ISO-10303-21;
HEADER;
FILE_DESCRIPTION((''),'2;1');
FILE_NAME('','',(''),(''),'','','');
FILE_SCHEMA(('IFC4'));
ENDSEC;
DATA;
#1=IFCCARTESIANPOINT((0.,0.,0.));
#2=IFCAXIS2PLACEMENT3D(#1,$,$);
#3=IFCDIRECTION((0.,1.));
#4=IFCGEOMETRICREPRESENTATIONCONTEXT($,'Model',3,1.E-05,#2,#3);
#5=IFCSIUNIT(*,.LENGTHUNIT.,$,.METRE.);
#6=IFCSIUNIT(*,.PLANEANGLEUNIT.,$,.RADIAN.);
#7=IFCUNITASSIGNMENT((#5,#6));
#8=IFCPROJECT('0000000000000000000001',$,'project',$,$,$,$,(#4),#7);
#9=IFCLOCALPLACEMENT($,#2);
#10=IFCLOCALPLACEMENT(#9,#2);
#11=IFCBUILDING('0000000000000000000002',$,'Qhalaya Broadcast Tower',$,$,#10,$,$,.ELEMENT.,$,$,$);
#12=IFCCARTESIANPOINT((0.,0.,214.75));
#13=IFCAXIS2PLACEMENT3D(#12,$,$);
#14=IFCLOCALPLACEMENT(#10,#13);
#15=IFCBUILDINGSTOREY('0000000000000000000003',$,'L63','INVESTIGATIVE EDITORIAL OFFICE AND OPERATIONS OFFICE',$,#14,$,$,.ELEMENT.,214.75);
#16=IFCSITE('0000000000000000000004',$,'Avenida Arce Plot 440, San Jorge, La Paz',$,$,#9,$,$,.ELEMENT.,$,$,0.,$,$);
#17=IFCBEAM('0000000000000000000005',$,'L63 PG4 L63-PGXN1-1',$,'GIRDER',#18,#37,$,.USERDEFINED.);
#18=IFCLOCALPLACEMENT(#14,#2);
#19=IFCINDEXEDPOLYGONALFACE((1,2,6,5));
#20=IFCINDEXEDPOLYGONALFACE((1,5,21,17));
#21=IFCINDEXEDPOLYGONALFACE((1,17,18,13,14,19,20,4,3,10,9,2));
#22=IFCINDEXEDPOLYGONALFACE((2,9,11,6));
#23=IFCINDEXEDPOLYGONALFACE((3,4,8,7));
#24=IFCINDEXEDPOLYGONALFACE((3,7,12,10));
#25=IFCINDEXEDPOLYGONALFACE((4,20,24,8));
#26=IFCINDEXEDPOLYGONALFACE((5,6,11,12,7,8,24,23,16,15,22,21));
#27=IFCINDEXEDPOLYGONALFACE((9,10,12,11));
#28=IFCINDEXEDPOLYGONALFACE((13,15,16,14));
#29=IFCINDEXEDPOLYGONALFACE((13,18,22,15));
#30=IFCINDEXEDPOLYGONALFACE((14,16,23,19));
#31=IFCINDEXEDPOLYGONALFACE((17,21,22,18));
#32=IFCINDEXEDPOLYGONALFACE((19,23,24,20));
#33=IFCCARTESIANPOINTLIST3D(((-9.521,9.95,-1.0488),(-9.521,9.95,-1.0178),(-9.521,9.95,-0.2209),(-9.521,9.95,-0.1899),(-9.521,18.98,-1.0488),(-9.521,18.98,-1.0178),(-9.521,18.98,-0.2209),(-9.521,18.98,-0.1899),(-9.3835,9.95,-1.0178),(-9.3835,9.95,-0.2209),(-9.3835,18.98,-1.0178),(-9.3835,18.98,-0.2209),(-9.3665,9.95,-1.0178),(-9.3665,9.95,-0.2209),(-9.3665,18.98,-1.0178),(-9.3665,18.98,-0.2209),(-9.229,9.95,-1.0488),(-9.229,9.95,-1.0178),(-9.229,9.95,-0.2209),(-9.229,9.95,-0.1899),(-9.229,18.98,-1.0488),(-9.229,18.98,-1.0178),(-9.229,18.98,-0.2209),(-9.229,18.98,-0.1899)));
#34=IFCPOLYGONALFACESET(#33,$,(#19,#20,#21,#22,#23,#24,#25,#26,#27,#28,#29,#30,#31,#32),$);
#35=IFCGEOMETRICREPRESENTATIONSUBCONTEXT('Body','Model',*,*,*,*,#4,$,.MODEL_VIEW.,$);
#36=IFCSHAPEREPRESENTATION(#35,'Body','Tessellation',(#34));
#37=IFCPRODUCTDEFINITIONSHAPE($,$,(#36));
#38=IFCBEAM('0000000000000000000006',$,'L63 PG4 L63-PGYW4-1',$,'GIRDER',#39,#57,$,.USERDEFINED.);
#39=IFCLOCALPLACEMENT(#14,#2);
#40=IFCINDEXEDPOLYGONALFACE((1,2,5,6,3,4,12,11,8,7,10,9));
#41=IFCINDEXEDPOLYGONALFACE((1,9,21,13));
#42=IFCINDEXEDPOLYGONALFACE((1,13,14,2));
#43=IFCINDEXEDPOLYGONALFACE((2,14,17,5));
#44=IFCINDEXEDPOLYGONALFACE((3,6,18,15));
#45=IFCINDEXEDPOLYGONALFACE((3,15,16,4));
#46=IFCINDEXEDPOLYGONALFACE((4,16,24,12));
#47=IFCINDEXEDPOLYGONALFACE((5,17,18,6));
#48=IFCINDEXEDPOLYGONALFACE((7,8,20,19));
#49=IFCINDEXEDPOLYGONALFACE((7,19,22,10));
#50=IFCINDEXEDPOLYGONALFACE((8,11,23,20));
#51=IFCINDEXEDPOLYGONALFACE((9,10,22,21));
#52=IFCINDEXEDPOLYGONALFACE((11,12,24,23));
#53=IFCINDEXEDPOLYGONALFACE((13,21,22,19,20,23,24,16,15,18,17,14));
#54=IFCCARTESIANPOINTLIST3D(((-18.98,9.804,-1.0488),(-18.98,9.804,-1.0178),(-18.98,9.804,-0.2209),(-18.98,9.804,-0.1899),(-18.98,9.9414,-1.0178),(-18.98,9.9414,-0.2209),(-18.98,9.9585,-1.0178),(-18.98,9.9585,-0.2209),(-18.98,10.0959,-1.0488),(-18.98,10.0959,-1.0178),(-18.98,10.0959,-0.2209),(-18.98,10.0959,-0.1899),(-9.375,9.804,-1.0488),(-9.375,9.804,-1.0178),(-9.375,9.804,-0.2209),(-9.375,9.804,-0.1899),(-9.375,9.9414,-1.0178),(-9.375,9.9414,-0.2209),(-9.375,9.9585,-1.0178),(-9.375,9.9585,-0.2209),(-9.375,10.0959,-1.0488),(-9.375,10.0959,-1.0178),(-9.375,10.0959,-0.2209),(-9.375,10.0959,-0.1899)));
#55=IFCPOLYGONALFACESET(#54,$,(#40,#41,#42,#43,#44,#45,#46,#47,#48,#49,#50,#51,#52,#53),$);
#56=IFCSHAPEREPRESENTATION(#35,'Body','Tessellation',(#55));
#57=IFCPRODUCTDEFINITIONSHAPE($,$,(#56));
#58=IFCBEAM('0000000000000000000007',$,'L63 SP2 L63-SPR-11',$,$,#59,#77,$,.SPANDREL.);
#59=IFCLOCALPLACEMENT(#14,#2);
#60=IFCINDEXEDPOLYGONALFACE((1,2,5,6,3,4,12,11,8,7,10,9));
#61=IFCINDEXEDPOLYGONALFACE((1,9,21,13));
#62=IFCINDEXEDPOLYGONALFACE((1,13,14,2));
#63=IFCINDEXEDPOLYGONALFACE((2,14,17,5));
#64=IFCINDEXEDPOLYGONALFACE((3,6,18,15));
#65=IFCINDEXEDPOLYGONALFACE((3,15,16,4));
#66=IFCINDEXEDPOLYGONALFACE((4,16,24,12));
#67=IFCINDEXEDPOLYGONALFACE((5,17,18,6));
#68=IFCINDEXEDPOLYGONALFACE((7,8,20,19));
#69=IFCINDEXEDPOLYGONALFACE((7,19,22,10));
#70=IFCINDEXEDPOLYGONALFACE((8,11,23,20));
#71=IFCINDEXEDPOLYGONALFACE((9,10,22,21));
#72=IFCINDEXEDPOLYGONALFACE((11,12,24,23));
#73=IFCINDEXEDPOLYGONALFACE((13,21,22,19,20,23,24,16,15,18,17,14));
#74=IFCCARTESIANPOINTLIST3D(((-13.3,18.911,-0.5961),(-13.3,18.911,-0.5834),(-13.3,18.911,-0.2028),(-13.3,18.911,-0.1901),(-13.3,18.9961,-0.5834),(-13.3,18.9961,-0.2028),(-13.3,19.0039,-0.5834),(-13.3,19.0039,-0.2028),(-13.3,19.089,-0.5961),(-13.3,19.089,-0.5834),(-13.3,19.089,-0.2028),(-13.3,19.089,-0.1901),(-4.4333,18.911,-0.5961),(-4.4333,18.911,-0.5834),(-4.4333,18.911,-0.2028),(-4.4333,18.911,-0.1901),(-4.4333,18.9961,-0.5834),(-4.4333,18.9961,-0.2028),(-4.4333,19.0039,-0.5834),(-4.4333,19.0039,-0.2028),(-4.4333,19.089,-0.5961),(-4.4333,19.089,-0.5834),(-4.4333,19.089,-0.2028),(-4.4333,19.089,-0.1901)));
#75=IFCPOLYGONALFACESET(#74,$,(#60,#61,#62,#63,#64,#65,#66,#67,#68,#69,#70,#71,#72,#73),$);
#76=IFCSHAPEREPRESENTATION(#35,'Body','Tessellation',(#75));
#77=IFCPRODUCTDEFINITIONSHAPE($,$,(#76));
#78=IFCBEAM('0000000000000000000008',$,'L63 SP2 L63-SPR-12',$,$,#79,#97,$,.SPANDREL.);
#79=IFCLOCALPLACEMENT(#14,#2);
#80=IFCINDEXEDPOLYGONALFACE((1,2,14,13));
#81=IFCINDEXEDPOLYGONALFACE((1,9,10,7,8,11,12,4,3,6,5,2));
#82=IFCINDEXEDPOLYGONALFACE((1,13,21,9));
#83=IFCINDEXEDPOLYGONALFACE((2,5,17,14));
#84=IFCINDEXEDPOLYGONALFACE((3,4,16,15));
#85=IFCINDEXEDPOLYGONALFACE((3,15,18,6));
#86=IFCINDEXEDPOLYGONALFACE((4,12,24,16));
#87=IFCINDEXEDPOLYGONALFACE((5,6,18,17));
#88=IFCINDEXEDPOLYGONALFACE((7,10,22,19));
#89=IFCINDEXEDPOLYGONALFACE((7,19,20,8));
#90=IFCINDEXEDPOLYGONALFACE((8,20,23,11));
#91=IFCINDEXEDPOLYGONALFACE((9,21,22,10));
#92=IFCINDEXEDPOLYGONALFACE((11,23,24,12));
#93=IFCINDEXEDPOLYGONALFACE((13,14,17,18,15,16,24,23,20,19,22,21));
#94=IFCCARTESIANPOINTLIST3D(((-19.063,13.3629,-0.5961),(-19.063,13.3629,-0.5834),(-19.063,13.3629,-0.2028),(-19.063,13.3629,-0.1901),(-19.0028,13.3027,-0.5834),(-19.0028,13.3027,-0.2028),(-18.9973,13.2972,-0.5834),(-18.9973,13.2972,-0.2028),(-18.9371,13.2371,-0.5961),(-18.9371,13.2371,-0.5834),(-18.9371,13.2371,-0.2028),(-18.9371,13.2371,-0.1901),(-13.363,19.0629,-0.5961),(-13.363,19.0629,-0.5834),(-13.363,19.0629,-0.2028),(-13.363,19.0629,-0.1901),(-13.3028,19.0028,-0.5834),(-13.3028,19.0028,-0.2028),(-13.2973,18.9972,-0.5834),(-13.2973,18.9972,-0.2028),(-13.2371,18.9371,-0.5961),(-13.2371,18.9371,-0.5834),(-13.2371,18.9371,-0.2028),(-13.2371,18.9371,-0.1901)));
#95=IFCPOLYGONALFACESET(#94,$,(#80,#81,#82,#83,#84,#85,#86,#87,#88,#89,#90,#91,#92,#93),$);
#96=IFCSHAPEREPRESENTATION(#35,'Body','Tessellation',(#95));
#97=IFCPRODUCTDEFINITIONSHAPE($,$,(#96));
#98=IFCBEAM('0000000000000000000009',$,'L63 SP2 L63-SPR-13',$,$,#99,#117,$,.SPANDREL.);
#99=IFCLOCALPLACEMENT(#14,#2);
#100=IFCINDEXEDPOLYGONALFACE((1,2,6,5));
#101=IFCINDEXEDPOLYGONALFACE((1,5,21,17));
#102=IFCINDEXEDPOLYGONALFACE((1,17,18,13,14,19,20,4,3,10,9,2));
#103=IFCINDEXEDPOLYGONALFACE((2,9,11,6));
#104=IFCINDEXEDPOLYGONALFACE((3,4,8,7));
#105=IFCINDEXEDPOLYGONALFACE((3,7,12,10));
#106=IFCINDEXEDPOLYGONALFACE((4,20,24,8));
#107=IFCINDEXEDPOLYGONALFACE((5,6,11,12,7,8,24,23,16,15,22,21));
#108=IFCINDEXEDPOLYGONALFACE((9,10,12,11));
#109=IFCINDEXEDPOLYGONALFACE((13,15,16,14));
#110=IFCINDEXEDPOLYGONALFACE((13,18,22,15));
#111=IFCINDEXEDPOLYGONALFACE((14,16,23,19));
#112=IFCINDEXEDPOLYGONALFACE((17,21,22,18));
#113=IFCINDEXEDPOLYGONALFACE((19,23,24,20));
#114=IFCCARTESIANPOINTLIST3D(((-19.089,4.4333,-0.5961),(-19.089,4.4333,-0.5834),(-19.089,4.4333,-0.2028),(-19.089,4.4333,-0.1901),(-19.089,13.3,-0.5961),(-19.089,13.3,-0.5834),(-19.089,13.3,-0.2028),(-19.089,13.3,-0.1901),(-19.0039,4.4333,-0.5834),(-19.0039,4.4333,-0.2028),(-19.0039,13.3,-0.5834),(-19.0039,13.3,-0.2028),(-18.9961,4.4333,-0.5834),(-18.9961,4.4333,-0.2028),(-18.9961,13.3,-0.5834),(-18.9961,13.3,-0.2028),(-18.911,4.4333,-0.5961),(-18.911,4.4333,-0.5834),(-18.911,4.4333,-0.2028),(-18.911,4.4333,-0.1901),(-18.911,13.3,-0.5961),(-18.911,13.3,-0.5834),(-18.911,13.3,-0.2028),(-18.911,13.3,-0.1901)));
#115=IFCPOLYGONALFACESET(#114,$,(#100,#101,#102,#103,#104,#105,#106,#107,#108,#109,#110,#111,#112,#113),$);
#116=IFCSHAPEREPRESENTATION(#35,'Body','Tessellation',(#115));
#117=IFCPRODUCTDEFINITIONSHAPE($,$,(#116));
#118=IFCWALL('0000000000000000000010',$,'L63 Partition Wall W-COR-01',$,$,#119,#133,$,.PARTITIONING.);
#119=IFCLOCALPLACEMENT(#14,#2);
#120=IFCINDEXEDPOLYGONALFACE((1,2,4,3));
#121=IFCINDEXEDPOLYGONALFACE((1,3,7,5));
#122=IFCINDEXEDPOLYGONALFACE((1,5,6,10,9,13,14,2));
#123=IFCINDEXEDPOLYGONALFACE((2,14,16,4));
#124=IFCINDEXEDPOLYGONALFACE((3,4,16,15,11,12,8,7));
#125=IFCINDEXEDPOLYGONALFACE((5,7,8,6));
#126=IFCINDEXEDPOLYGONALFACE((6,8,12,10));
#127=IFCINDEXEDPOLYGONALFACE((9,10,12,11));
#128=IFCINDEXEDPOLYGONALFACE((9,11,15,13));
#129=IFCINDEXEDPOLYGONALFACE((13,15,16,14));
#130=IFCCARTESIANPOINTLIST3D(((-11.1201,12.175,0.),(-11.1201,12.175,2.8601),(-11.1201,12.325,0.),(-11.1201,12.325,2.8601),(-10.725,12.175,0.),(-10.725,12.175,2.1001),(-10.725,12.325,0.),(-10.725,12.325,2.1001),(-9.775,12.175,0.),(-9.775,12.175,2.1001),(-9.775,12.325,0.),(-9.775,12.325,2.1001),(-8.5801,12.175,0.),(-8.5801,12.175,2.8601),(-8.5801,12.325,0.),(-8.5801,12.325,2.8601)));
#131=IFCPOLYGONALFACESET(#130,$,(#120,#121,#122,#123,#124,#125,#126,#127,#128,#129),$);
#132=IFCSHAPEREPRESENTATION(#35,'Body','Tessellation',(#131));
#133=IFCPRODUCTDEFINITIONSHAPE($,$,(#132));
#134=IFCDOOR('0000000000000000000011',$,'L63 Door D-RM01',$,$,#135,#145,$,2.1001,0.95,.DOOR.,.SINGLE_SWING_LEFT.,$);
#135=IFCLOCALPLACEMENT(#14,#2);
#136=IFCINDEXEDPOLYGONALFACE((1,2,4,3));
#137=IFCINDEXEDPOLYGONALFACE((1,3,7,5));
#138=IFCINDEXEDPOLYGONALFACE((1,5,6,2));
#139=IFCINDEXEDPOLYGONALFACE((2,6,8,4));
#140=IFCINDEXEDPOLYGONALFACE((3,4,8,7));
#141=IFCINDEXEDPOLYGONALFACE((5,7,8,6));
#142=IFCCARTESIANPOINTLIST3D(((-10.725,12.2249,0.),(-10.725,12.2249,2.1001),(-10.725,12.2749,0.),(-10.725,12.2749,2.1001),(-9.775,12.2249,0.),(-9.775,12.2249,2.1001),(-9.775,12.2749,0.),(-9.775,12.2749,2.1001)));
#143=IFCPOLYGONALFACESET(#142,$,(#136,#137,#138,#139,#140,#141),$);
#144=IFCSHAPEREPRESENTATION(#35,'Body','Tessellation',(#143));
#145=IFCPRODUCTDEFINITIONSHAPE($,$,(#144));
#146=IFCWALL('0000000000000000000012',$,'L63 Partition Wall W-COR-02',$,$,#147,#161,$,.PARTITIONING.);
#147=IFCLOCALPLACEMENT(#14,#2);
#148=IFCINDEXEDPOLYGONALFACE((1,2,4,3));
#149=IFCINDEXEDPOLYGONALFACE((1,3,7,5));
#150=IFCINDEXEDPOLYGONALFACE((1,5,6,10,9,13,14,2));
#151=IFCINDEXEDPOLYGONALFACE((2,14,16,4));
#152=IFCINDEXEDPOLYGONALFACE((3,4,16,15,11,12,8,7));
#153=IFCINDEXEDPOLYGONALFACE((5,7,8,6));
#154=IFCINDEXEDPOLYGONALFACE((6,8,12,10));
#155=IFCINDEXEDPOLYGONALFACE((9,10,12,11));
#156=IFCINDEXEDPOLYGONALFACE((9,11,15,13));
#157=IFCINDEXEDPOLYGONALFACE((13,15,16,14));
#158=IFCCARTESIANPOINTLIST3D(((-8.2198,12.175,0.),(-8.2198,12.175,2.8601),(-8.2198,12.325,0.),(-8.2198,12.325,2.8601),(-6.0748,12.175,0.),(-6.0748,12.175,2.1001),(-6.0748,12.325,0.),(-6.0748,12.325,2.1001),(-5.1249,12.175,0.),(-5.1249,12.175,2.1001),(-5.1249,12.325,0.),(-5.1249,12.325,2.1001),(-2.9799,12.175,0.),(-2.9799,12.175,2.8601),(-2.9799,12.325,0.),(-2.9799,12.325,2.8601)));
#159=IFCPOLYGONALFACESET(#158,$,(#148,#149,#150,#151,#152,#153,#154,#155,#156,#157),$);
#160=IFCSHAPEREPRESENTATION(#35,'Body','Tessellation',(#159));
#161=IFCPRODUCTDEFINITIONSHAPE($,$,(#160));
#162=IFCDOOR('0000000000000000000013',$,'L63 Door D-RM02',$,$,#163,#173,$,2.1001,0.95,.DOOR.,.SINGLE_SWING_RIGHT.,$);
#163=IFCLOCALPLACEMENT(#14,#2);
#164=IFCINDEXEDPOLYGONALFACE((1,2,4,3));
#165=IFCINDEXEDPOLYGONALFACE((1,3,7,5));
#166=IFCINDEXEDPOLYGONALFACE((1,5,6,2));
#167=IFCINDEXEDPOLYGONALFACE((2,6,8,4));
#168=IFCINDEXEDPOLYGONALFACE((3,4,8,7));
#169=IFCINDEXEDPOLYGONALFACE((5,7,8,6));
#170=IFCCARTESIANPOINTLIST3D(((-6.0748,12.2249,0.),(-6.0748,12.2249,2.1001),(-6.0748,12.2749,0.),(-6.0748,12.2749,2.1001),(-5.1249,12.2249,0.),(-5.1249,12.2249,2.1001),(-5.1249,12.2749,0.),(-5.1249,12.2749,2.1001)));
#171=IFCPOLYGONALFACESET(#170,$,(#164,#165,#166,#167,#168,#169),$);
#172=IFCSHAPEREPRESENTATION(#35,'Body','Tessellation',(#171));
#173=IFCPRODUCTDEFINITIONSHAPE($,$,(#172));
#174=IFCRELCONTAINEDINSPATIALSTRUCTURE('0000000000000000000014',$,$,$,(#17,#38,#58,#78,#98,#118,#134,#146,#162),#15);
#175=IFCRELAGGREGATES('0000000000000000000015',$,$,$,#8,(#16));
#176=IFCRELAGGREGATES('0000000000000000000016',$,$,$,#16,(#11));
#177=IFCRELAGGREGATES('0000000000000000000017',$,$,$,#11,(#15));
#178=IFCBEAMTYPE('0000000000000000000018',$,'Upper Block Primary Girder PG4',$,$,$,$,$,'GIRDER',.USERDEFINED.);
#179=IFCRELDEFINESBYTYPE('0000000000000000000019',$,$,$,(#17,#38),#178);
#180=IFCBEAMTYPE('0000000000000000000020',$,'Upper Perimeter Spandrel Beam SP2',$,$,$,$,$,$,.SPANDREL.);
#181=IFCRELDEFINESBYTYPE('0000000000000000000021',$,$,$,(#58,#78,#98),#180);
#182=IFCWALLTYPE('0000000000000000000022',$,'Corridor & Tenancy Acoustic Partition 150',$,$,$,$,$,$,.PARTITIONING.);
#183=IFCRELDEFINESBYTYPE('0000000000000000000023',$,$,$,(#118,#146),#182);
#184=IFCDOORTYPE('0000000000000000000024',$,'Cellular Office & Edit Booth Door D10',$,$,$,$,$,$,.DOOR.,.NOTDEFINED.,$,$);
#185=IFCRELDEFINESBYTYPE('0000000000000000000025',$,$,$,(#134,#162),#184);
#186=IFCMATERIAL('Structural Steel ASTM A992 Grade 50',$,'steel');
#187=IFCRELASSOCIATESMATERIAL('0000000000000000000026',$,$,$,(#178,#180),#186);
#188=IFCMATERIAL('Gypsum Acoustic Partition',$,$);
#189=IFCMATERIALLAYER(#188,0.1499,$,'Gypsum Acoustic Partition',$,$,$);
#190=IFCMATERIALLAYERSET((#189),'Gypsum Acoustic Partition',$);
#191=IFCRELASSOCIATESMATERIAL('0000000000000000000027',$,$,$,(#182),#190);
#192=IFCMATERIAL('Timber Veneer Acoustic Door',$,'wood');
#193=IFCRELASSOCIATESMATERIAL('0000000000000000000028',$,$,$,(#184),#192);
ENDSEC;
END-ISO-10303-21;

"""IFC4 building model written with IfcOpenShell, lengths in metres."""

from ifc_helpers import new_model, si_unit, direction, frame, frame_2d, origin, origin_2d, place, context, subcontext, project, spatial, rectangle, i_section, extrude, material, layer, layer_set, material_profile, profile_set, type_object, element, fill, save


model = new_model("IFC4")

# Units and contexts
model_context = context("Model", 3, precision=1e-05, world=origin(), true_north=direction((0.0, 1.0)))
body_context = subcontext(model_context, "Body", "Model", "MODEL_VIEW")
ifc_project = project(units=[si_unit("LENGTHUNIT", "METRE"), si_unit("PLANEANGLEUNIT", "RADIAN")], contexts=[model_context])

# Site, building, storey
site_placement = place(None, origin())
site = spatial("IfcSite", under=ifc_project, at=site_placement, Name="Avenida Arce Plot 440, San Jorge, La Paz", CompositionType="ELEMENT", RefElevation=0.0)
building_placement = place(site_placement, origin())
building = spatial("IfcBuilding", under=site, at=building_placement, Name="Qhalaya Broadcast Tower", CompositionType="ELEMENT")
storey_placement = place(building_placement, frame((0.0, 0.0, 214.75)))
storey = spatial("IfcBuildingStorey", under=building, at=storey_placement, Name="L63", Description="INVESTIGATIVE EDITORIAL OFFICE AND OPERATIONS OFFICE", CompositionType="ELEMENT", Elevation=214.75)

# Beams
ifc_material_1 = material(Name="Structural Steel ASTM A992 Grade 50", Category="steel")
ifc_material_profile_1 = material_profile(ifc_material_1, i_section(OverallWidth=0.292, OverallDepth=0.8589, WebThickness=0.0171, FlangeThickness=0.031, at=origin_2d()), Name="W33X169")
ifc_profile_set_1 = profile_set([ifc_material_profile_1], Name="Structural Steel ASTM A992 Grade 50")
beam_type_1 = type_object("IfcBeamType", Name="Upper Block Primary Girder PG4", ElementType="GIRDER", PredefinedType="USERDEFINED", material=ifc_profile_set_1)
beam_1_placement = place(storey_placement, frame((-9.375, 9.95, -0.6194), z_axis=(0.0, 1.0, 0.0), x_axis=(-1.0, 0.0, 0.0)))
element("IfcBeam", 1, at=beam_1_placement, inside=storey, type_object=beam_type_1, Name="L63 PG4 L63-PGXN1-1", ObjectType="GIRDER", PredefinedType="USERDEFINED", context=body_context, shape_type="SweptSolid", body=[
    extrude(i_section(OverallWidth=0.292, OverallDepth=0.8589, WebThickness=0.0171, FlangeThickness=0.031, at=origin_2d()), origin(), (0.0, 0.0, 1.0), 9.03),
])
beam_2_placement = place(storey_placement, frame((-18.98, 9.95, -0.6194), z_axis=(1.0, 0.0, 0.0), x_axis=(0.0, 1.0, 0.0)))
element("IfcBeam", 2, at=beam_2_placement, inside=storey, type_object=beam_type_1, Name="L63 PG4 L63-PGYW4-1", ObjectType="GIRDER", PredefinedType="USERDEFINED", context=body_context, shape_type="SweptSolid", body=[
    extrude(i_section(OverallWidth=0.292, OverallDepth=0.8589, WebThickness=0.0171, FlangeThickness=0.031, at=origin_2d()), origin(), (0.0, 0.0, 1.0), 9.605),
])
ifc_material_profile_2 = material_profile(ifc_material_1, i_section(OverallWidth=0.178, OverallDepth=0.406, WebThickness=0.0078, FlangeThickness=0.0127, at=origin_2d()), Name="W16X40")
ifc_profile_set_2 = profile_set([ifc_material_profile_2], Name="Structural Steel ASTM A992 Grade 50")
beam_type_2 = type_object("IfcBeamType", Name="Upper Perimeter Spandrel Beam SP2", PredefinedType="SPANDREL", material=ifc_profile_set_2)
beam_3_placement = place(storey_placement, frame((-4.4333, 19.0, -0.3931), z_axis=(-1.0, 0.0, 0.0), x_axis=(0.0, -1.0, 0.0)))
element("IfcBeam", 3, at=beam_3_placement, inside=storey, type_object=beam_type_2, Name="L63 SP2 L63-SPR-11", PredefinedType="SPANDREL", context=body_context, shape_type="SweptSolid", body=[
    extrude(i_section(OverallWidth=0.178, OverallDepth=0.406, WebThickness=0.0078, FlangeThickness=0.0127, at=origin_2d()), origin(), (0.0, 0.0, 1.0), 8.8667),
])
beam_4_placement = place(storey_placement, frame((-13.3, 19.0, -0.3931), z_axis=(-0.707107, -0.707107, 0.0), x_axis=(0.707107, -0.707107, 0.0)))
element("IfcBeam", 4, at=beam_4_placement, inside=storey, type_object=beam_type_2, Name="L63 SP2 L63-SPR-12", PredefinedType="SPANDREL", context=body_context, shape_type="SweptSolid", body=[
    extrude(i_section(OverallWidth=0.178, OverallDepth=0.406, WebThickness=0.0078, FlangeThickness=0.0127, at=origin_2d()), origin(), (0.0, 0.0, 1.0), 8.061),
])
beam_5_placement = place(storey_placement, frame((-19.0, 13.3, -0.3931), z_axis=(0.0, -1.0, 0.0), x_axis=(1.0, 0.0, 0.0)))
element("IfcBeam", 5, at=beam_5_placement, inside=storey, type_object=beam_type_2, Name="L63 SP2 L63-SPR-13", PredefinedType="SPANDREL", context=body_context, shape_type="SweptSolid", body=[
    extrude(i_section(OverallWidth=0.178, OverallDepth=0.406, WebThickness=0.0078, FlangeThickness=0.0127, at=origin_2d()), origin(), (0.0, 0.0, 1.0), 8.8667),
])

# Walls, openings, doors
ifc_material_2 = material(Name="Gypsum Acoustic Partition")
ifc_layer_1 = layer(ifc_material_2, 0.1499, Name="Gypsum Acoustic Partition")
ifc_layer_set_1 = layer_set([ifc_layer_1], Name="Gypsum Acoustic Partition")
wall_type_1 = type_object("IfcWallType", Name="Corridor & Tenancy Acoustic Partition 150", PredefinedType="PARTITIONING", material=ifc_layer_set_1)
wall_1_placement = place(storey_placement, frame((-11.1201, 12.25, 0.0), z_axis=(0.0, 0.0, 1.0), x_axis=(1.0, 0.0, 0.0)))
wall_1 = element("IfcWall", 6, at=wall_1_placement, inside=storey, type_object=wall_type_1, Name="L63 Partition Wall W-COR-01", PredefinedType="PARTITIONING", context=body_context, shape_type="SweptSolid", body=[
    extrude(rectangle(XDim=2.54, YDim=0.1499, at=frame_2d((1.27, 0.0))), origin(), (0.0, 0.0, 1.0), 2.8601),
])
opening_1_placement = place(wall_1_placement, frame((0.395, 0.0, 0.0)))
opening_1 = element("IfcOpeningElement", 7, at=opening_1_placement, cuts=wall_1, PredefinedType="OPENING", context=body_context, shape_type="SweptSolid", body=[
    extrude(rectangle(XDim=0.95, YDim=2.1001, at=frame_2d((0.4751, 1.05))), frame((0.0, 0.0869, 0.0), z_axis=(0.0, -1.0, 0.0), x_axis=(1.0, 0.0, 0.0)), (0.0, 0.0, 1.0), 0.1738),
])
ifc_material_3 = material(Name="Timber Veneer Acoustic Door", Category="wood")
door_type = type_object("IfcDoorType", Name="Cellular Office & Edit Booth Door D10", OperationType="NOTDEFINED", PredefinedType="DOOR", material=ifc_material_3)
door_1_placement = place(opening_1_placement, origin())
door_1 = element("IfcDoor", 8, at=door_1_placement, inside=storey, type_object=door_type, Name="L63 Door D-RM01", OperationType="SINGLE_SWING_LEFT", OverallHeight=2.1001, OverallWidth=0.95, PredefinedType="DOOR", context=body_context, shape_type="SweptSolid", body=[
    extrude(rectangle(XDim=0.95, YDim=2.1001, at=frame_2d((0.4751, 1.05))), frame((0.0, 0.0249, 0.0), z_axis=(0.0, -1.0, 0.0), x_axis=(1.0, 0.0, 0.0)), (0.0, 0.0, 1.0), 0.05),
])
fill(opening_1, door_1)
wall_2_placement = place(storey_placement, frame((-8.22, 12.25, 0.0), z_axis=(0.0, 0.0, 1.0), x_axis=(1.0, 0.0, 0.0)))
wall_2 = element("IfcWall", 9, at=wall_2_placement, inside=storey, type_object=wall_type_1, Name="L63 Partition Wall W-COR-02", PredefinedType="PARTITIONING", context=body_context, shape_type="SweptSolid", body=[
    extrude(rectangle(XDim=5.24, YDim=0.1499, at=frame_2d((2.6201, 0.0))), origin(), (0.0, 0.0, 1.0), 2.8601),
])
opening_2_placement = place(wall_2_placement, frame((2.145, 0.0, 0.0)))
opening_2 = element("IfcOpeningElement", 10, at=opening_2_placement, cuts=wall_2, PredefinedType="OPENING", context=body_context, shape_type="SweptSolid", body=[
    extrude(rectangle(XDim=0.95, YDim=2.1001, at=frame_2d((0.4751, 1.05))), frame((0.0, 0.0869, 0.0), z_axis=(0.0, -1.0, 0.0), x_axis=(1.0, 0.0, 0.0)), (0.0, 0.0, 1.0), 0.1738),
])
door_2_placement = place(opening_2_placement, origin())
door_2 = element("IfcDoor", 11, at=door_2_placement, inside=storey, type_object=door_type, Name="L63 Door D-RM02", OperationType="SINGLE_SWING_RIGHT", OverallHeight=2.1001, OverallWidth=0.95, PredefinedType="DOOR", context=body_context, shape_type="SweptSolid", body=[
    extrude(rectangle(XDim=0.95, YDim=2.1001, at=frame_2d((0.4751, 1.05))), frame((0.0, 0.0249, 0.0), z_axis=(0.0, -1.0, 0.0), x_axis=(1.0, 0.0, 0.0)), (0.0, 0.0, 1.0), 0.05),
])
fill(opening_2, door_2)

save(model, "model.ifc")
